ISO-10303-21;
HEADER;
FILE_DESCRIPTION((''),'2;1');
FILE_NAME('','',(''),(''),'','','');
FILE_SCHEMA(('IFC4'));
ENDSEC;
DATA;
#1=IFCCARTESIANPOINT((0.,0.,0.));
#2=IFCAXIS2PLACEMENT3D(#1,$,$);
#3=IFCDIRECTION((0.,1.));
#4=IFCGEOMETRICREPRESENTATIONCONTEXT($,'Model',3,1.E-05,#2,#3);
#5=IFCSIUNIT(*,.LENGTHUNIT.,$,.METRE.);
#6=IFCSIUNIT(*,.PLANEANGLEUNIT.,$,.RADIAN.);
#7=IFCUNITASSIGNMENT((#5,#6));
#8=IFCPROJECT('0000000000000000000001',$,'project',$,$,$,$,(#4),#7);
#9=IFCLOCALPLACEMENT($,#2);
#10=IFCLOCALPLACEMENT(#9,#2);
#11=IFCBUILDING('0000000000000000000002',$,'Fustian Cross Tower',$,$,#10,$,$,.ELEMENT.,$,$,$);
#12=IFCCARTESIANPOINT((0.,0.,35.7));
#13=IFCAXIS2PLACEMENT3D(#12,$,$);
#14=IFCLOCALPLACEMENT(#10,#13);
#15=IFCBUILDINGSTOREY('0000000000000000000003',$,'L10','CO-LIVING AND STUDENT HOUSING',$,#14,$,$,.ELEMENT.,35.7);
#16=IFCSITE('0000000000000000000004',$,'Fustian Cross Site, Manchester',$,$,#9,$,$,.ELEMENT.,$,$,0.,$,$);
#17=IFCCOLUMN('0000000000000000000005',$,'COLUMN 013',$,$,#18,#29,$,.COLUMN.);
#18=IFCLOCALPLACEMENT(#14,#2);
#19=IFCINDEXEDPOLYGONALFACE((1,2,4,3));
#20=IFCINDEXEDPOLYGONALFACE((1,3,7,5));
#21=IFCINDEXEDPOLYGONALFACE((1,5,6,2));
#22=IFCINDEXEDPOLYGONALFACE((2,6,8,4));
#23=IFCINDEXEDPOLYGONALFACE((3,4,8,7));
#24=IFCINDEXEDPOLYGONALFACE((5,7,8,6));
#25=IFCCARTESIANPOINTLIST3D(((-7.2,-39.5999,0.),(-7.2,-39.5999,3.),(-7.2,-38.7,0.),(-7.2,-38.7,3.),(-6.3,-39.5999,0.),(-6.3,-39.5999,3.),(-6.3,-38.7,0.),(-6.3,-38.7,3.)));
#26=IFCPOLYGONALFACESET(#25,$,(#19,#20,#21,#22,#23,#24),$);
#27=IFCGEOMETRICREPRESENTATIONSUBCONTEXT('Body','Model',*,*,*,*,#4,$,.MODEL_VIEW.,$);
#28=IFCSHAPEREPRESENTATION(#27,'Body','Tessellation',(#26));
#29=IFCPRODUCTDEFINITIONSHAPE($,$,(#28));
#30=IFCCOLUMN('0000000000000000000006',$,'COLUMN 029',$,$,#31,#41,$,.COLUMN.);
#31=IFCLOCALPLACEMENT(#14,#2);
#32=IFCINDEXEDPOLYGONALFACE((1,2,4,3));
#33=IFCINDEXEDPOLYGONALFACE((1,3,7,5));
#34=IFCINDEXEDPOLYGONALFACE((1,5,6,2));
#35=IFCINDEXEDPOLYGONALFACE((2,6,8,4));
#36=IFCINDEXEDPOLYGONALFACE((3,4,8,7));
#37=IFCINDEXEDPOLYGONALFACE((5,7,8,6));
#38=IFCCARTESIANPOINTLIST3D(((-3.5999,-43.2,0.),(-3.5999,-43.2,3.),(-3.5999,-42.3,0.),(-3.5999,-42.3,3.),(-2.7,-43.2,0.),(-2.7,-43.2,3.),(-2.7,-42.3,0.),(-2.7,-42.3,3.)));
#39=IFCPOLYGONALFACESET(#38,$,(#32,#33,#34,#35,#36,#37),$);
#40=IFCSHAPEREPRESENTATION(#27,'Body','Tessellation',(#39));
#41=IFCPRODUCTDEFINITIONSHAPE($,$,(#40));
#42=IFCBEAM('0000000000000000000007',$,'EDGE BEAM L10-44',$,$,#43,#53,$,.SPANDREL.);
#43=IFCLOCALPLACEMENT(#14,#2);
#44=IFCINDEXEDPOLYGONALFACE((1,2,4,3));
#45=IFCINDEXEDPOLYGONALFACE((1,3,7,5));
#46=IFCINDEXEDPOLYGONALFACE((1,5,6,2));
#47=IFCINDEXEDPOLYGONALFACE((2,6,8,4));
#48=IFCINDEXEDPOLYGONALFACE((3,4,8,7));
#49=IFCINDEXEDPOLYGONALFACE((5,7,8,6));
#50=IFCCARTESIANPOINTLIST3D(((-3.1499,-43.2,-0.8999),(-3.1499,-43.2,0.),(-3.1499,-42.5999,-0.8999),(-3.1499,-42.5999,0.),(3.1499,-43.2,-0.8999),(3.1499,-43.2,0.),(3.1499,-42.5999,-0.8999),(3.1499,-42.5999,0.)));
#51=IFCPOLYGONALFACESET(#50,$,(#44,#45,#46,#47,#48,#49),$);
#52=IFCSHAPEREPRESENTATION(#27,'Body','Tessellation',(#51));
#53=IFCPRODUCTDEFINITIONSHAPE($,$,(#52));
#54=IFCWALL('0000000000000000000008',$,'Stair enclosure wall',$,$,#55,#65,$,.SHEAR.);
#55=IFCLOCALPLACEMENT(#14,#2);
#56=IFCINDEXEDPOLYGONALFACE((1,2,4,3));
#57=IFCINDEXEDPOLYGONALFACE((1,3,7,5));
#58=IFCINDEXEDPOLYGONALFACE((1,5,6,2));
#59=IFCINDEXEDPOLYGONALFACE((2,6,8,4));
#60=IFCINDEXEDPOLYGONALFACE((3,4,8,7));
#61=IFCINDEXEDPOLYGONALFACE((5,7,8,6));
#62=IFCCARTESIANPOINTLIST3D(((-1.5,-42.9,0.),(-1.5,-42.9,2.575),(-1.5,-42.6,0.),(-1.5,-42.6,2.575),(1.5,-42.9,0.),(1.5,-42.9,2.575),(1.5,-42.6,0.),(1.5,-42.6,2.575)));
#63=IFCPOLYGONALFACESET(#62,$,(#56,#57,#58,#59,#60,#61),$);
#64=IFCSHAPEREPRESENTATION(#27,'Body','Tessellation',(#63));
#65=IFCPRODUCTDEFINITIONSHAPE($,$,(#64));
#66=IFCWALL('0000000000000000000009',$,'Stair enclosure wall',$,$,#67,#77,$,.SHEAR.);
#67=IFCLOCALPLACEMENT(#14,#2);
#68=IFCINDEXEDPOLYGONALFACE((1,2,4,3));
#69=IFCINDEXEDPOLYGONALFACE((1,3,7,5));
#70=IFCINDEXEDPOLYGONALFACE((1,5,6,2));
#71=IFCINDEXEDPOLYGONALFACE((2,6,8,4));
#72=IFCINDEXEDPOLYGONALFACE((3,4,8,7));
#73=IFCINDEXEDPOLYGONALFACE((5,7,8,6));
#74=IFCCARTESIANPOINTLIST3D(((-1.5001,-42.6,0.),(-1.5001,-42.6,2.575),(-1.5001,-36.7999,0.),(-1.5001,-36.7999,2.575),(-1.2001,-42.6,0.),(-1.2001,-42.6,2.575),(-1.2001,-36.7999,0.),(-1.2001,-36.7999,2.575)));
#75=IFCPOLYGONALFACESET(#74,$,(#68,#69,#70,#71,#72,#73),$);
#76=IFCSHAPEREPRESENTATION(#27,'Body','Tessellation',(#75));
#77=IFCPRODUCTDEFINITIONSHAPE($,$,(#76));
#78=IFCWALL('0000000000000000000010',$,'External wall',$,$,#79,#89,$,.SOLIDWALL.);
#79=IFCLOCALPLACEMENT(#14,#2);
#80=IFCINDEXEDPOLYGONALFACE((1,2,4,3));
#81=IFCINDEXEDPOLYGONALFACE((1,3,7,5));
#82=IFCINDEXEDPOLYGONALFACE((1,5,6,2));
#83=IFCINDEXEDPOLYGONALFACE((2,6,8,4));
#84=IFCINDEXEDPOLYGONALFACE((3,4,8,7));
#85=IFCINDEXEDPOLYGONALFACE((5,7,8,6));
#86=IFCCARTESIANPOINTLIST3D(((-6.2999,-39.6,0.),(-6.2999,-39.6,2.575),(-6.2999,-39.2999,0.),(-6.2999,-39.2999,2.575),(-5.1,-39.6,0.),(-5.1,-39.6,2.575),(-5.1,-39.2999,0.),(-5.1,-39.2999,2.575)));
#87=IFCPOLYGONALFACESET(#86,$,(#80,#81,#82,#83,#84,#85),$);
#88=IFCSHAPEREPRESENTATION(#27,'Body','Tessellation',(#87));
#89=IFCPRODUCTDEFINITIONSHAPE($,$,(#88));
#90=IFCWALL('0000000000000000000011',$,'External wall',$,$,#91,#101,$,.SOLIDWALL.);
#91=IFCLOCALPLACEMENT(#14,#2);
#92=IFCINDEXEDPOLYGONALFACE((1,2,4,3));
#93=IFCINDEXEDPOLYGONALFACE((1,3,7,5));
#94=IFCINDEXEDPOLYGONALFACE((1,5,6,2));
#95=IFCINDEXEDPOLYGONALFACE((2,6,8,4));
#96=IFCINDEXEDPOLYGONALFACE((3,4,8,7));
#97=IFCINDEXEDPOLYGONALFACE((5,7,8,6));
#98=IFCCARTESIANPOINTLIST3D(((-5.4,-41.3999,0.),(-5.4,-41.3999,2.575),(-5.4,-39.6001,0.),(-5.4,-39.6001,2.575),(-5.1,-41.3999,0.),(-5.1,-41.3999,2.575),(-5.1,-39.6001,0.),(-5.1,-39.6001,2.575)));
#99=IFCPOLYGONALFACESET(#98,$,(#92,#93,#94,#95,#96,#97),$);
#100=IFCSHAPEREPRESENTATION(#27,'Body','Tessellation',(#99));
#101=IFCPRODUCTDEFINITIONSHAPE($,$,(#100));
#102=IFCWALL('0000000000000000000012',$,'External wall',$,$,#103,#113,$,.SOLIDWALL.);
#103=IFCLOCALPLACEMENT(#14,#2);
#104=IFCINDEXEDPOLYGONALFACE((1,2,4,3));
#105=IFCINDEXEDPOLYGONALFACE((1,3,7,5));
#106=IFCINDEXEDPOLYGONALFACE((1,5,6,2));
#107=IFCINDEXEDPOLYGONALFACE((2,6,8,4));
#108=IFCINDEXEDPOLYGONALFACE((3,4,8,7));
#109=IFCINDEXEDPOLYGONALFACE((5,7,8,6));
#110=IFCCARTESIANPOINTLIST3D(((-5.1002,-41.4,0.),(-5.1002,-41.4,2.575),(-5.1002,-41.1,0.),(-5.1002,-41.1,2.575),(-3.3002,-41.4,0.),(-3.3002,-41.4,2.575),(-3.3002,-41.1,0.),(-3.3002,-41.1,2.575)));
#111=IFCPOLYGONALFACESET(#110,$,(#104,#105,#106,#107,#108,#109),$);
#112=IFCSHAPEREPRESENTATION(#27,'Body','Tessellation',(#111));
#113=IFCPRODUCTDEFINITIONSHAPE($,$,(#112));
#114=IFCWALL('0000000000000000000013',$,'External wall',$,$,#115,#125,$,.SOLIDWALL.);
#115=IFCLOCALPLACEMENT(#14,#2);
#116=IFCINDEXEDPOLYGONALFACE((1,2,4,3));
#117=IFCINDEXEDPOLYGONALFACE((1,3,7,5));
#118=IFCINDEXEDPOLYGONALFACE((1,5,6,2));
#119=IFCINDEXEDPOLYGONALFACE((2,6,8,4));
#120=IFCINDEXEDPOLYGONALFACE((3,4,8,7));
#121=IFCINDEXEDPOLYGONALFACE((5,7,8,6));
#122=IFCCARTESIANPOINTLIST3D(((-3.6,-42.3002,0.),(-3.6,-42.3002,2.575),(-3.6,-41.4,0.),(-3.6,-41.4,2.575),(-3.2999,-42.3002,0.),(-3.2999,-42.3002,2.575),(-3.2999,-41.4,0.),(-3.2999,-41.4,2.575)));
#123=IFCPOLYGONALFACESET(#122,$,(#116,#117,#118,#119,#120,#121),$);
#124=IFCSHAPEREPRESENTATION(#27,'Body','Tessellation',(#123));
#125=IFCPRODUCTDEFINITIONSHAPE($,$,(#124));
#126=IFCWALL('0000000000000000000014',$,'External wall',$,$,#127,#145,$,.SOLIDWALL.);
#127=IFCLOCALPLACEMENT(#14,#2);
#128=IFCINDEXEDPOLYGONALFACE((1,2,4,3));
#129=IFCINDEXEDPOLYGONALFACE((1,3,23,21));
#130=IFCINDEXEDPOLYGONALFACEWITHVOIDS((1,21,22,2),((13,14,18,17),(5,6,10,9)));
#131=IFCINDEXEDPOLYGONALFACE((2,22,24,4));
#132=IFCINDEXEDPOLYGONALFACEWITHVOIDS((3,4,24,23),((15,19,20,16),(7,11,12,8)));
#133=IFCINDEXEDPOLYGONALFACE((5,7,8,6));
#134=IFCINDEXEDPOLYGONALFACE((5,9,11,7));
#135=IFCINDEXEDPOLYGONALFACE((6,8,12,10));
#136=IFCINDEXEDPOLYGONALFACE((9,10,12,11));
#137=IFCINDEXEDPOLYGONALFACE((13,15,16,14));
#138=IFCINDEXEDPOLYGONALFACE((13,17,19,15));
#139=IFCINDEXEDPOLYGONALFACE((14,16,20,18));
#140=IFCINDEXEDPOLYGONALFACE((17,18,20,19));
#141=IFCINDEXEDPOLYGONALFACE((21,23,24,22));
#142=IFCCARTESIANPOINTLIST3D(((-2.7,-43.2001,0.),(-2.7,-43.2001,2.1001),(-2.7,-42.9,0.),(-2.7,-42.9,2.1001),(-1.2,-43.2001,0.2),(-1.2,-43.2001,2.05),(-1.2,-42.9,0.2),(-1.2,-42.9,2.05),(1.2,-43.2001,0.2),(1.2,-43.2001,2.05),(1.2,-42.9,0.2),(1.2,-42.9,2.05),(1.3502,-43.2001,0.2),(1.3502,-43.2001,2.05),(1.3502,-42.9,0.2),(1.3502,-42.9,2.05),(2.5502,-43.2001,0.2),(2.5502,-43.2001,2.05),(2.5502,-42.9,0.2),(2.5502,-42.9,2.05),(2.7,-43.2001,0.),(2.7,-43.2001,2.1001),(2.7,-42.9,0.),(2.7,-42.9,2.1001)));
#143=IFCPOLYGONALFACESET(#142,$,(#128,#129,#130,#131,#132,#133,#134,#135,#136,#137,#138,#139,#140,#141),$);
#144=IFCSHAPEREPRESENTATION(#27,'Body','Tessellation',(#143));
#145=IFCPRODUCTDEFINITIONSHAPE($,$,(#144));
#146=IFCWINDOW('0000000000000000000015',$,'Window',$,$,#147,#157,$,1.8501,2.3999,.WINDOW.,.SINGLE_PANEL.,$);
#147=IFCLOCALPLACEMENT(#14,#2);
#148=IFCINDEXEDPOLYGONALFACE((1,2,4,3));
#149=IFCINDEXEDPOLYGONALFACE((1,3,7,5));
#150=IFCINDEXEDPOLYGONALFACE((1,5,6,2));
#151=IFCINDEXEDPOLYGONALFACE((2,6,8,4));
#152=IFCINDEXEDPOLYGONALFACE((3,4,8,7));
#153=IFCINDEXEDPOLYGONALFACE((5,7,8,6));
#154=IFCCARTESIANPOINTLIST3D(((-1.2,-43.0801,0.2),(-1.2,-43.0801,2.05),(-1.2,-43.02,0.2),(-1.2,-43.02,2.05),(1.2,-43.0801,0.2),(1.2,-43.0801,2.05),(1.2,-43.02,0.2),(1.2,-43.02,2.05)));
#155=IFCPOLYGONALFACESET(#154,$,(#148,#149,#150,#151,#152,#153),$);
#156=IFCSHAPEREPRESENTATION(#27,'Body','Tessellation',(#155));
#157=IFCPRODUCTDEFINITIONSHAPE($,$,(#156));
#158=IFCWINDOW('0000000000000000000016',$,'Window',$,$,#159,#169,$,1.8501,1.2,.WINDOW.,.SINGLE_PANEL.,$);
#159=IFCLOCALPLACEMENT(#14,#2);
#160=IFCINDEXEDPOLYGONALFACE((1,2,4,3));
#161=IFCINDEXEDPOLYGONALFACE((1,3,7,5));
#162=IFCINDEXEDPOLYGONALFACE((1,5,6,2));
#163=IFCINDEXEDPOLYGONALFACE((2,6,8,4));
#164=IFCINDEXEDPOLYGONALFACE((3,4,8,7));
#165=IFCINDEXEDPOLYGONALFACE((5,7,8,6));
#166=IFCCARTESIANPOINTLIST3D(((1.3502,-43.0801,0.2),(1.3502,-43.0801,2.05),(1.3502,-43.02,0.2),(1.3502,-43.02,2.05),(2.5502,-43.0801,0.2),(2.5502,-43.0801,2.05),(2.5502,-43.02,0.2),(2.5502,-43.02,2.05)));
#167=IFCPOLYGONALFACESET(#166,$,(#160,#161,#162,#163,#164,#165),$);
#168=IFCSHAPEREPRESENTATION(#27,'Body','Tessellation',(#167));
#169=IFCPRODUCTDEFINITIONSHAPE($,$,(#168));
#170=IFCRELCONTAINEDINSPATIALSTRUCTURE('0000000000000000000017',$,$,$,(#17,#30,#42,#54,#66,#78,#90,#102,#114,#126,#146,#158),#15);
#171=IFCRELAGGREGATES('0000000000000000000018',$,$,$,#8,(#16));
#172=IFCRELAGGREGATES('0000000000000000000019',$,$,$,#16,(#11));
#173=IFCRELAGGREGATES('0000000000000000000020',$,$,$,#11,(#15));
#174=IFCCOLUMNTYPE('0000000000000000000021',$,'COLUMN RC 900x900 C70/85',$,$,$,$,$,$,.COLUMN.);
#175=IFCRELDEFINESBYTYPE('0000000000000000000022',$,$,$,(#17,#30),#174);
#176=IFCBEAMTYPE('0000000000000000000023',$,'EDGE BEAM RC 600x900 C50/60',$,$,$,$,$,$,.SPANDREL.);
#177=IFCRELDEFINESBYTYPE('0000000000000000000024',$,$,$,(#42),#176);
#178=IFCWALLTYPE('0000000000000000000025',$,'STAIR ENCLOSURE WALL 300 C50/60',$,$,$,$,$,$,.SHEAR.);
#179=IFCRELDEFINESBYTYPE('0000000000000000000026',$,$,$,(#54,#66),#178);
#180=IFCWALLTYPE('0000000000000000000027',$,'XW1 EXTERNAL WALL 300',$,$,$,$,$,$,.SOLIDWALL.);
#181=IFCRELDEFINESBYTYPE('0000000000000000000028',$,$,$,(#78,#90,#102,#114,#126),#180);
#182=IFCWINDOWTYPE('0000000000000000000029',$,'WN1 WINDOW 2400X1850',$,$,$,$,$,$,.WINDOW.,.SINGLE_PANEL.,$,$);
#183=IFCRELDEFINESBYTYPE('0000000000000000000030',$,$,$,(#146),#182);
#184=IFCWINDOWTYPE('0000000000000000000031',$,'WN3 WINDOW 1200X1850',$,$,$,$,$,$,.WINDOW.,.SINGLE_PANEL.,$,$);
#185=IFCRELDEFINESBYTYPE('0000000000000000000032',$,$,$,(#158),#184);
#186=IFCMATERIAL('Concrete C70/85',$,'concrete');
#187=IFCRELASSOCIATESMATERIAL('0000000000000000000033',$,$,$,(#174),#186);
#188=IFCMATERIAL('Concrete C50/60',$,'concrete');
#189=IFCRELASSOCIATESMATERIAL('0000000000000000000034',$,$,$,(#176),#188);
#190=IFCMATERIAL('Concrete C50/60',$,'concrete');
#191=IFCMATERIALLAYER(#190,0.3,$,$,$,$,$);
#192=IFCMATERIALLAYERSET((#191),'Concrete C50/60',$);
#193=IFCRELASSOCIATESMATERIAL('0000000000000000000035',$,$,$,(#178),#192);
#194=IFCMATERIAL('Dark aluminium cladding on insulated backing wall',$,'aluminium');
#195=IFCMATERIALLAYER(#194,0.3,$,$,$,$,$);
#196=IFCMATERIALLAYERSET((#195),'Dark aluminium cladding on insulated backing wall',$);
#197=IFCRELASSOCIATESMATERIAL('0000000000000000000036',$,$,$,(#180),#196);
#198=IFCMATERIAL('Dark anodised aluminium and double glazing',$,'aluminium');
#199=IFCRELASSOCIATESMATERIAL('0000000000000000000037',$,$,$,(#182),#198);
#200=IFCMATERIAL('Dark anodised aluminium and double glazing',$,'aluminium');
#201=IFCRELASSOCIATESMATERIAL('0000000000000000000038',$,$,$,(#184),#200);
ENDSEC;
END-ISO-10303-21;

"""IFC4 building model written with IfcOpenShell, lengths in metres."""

from ifc_helpers import new_model, si_unit, direction, frame, frame_2d, origin, origin_2d, place, context, subcontext, project, spatial, rectangle, extrude, material, layer, layer_set, material_profile, profile_set, type_object, element, fill, save


model = new_model("IFC4")

# Units and contexts
model_context = context("Model", 3, precision=1e-05, world=origin(), true_north=direction((0.0, 1.0)))
body_context = subcontext(model_context, "Body", "Model", "MODEL_VIEW")
ifc_project = project(units=[si_unit("LENGTHUNIT", "METRE"), si_unit("PLANEANGLEUNIT", "RADIAN")], contexts=[model_context])

# Site, building, storey
site_placement = place(None, origin())
site = spatial("IfcSite", under=ifc_project, at=site_placement, Name="Fustian Cross Site, Manchester", CompositionType="ELEMENT", RefElevation=0.0)
building_placement = place(site_placement, origin())
building = spatial("IfcBuilding", under=site, at=building_placement, Name="Fustian Cross Tower", CompositionType="ELEMENT")
storey_placement = place(building_placement, frame((0.0, 0.0, 35.7)))
storey = spatial("IfcBuildingStorey", under=building, at=storey_placement, Name="L10", Description="CO-LIVING AND STUDENT HOUSING", CompositionType="ELEMENT", Elevation=35.7)

# Columns
ifc_material_1 = material(Name="Concrete C70/85", Category="concrete")
ifc_material_profile_1 = material_profile(ifc_material_1, rectangle(XDim=0.8999, YDim=0.8999, at=origin_2d()), Name="RC 900x900")
ifc_profile_set_1 = profile_set([ifc_material_profile_1], Name="Concrete C70/85")
column_type = type_object("IfcColumnType", Name="COLUMN RC 900x900 C70/85", PredefinedType="COLUMN", material=ifc_profile_set_1)
for number, where, z_axis, x_axis, name in (
    (1, (-6.75, -39.1499, 0.0), (0.0, 0.0, 1.0), (1.0, 0.0, 0.0), "COLUMN 013"),
    (2, (-3.1499, -42.75, 0.0), (0.0, 0.0, 1.0), (1.0, 0.0, 0.0), "COLUMN 029"),
):
    element("IfcColumn", number, at=place(storey_placement, frame(where, z_axis=z_axis, x_axis=x_axis)), inside=storey, type_object=column_type, Name=name, PredefinedType="COLUMN", context=body_context, shape_type="SweptSolid", body=[
        extrude(rectangle(XDim=0.8999, YDim=0.8999, at=origin_2d()), origin(), (0.0, 0.0, 1.0), 3.0),
    ])

# Beam
ifc_material_2 = material(Name="Concrete C50/60", Category="concrete")
ifc_material_profile_2 = material_profile(ifc_material_2, rectangle(XDim=0.6001, YDim=0.8999, at=origin_2d()), Name="RC 600x900")
ifc_profile_set_2 = profile_set([ifc_material_profile_2], Name="Concrete C50/60")
beam_type = type_object("IfcBeamType", Name="EDGE BEAM RC 600x900 C50/60", PredefinedType="SPANDREL", material=ifc_profile_set_2)
beam_placement = place(storey_placement, frame((-3.1499, -42.8999, -0.45), z_axis=(1.0, 0.0, 0.0), x_axis=(0.0, 1.0, 0.0)))
element("IfcBeam", 3, at=beam_placement, inside=storey, type_object=beam_type, Name="EDGE BEAM L10-44", PredefinedType="SPANDREL", context=body_context, shape_type="SweptSolid", body=[
    extrude(rectangle(XDim=0.6001, YDim=0.8999, at=origin_2d()), origin(), (0.0, 0.0, 1.0), 6.2998),
])

# Walls
ifc_material_3 = material(Name="Concrete C50/60", Category="concrete")
ifc_layer_1 = layer(ifc_material_3, 0.3)
ifc_layer_set_1 = layer_set([ifc_layer_1], Name="Concrete C50/60")
wall_type_1 = type_object("IfcWallType", Name="STAIR ENCLOSURE WALL 300 C50/60", PredefinedType="SHEAR", material=ifc_layer_set_1)
wall_1_placement = place(storey_placement, frame((-1.5, -42.75, 0.0), z_axis=(0.0, 0.0, 1.0), x_axis=(1.0, 0.0, 0.0)))
element("IfcWall", 4, at=wall_1_placement, inside=storey, type_object=wall_type_1, Name="Stair enclosure wall", PredefinedType="SHEAR", context=body_context, shape_type="SweptSolid", body=[
    extrude(rectangle(XDim=3.0, YDim=0.3, at=frame_2d((1.5, 0.0))), origin(), (0.0, 0.0, 1.0), 2.575),
])
wall_2_placement = place(storey_placement, frame((-1.3501, -36.8, 0.0), z_axis=(0.0, 0.0, 1.0), x_axis=(0.0, -1.0, 0.0)))
element("IfcWall", 5, at=wall_2_placement, inside=storey, type_object=wall_type_1, Name="Stair enclosure wall", PredefinedType="SHEAR", context=body_context, shape_type="SweptSolid", body=[
    extrude(rectangle(XDim=5.8, YDim=0.3, at=frame_2d((2.8999, 0.0))), origin(), (0.0, 0.0, 1.0), 2.575),
])
ifc_material_4 = material(Name="Dark aluminium cladding on insulated backing wall", Category="aluminium")
ifc_layer_2 = layer(ifc_material_4, 0.3)
ifc_layer_set_2 = layer_set([ifc_layer_2], Name="Dark aluminium cladding on insulated backing wall")
wall_type_2 = type_object("IfcWallType", Name="XW1 EXTERNAL WALL 300", PredefinedType="SOLIDWALL", material=ifc_layer_set_2)
wall_3_placement = place(storey_placement, frame((-6.3, -39.45, 0.0), z_axis=(0.0, 0.0, 1.0), x_axis=(1.0, 0.0, 0.0)))
element("IfcWall", 6, at=wall_3_placement, inside=storey, type_object=wall_type_2, Name="External wall", PredefinedType="SOLIDWALL", context=body_context, shape_type="SweptSolid", body=[
    extrude(rectangle(XDim=1.2, YDim=0.3, at=frame_2d((0.6001, 0.0))), origin(), (0.0, 0.0, 1.0), 2.575),
])
wall_4_placement = place(storey_placement, frame((-5.25, -39.6001, 0.0), z_axis=(0.0, 0.0, 1.0), x_axis=(0.0, -1.0, 0.0)))
element("IfcWall", 7, at=wall_4_placement, inside=storey, type_object=wall_type_2, Name="External wall", PredefinedType="SOLIDWALL", context=body_context, shape_type="SweptSolid", body=[
    extrude(rectangle(XDim=1.7998, YDim=0.3, at=frame_2d((0.8999, 0.0))), origin(), (0.0, 0.0, 1.0), 2.575),
])
wall_5_placement = place(storey_placement, frame((-5.1001, -41.25, 0.0), z_axis=(0.0, 0.0, 1.0), x_axis=(1.0, 0.0, 0.0)))
element("IfcWall", 8, at=wall_5_placement, inside=storey, type_object=wall_type_2, Name="External wall", PredefinedType="SOLIDWALL", context=body_context, shape_type="SweptSolid", body=[
    extrude(rectangle(XDim=1.8, YDim=0.3, at=frame_2d((0.8999, 0.0))), origin(), (0.0, 0.0, 1.0), 2.575),
])
wall_6_placement = place(storey_placement, frame((-3.45, -41.3999, 0.0), z_axis=(0.0, 0.0, 1.0), x_axis=(0.0, -1.0, 0.0)))
element("IfcWall", 9, at=wall_6_placement, inside=storey, type_object=wall_type_2, Name="External wall", PredefinedType="SOLIDWALL", context=body_context, shape_type="SweptSolid", body=[
    extrude(rectangle(XDim=0.9001, YDim=0.3, at=frame_2d((0.4502, 0.0))), origin(), (0.0, 0.0, 1.0), 2.575),
])

# Wall, openings, windows
wall_7_placement = place(storey_placement, frame((-2.7, -43.05, 0.0), z_axis=(0.0, 0.0, 1.0), x_axis=(1.0, 0.0, 0.0)))
wall_7 = element("IfcWall", 10, at=wall_7_placement, inside=storey, type_object=wall_type_2, Name="External wall", PredefinedType="SOLIDWALL", context=body_context, shape_type="SweptSolid", body=[
    extrude(rectangle(XDim=5.3999, YDim=0.3, at=frame_2d((2.7, 0.0))), origin(), (0.0, 0.0, 1.0), 2.1001),
])
opening_1_placement = place(wall_7_placement, frame((1.5, 0.0, 0.2)))
opening_1 = element("IfcOpeningElement", 11, at=opening_1_placement, cuts=wall_7, PredefinedType="OPENING", context=body_context, shape_type="SweptSolid", body=[
    extrude(rectangle(XDim=2.3999, YDim=1.8501, at=frame_2d((1.2, 0.925))), frame((0.0, 0.1599, 0.0), z_axis=(0.0, -1.0, 0.0), x_axis=(1.0, 0.0, 0.0)), (0.0, 0.0, 1.0), 0.3201),
])
opening_2_placement = place(wall_7_placement, frame((4.05, 0.0, 0.2)))
opening_2 = element("IfcOpeningElement", 12, at=opening_2_placement, cuts=wall_7, PredefinedType="OPENING", context=body_context, shape_type="SweptSolid", body=[
    extrude(rectangle(XDim=1.2, YDim=1.8501, at=frame_2d((0.6001, 0.925))), frame((0.0, 0.1599, 0.0), z_axis=(0.0, -1.0, 0.0), x_axis=(1.0, 0.0, 0.0)), (0.0, 0.0, 1.0), 0.3201),
])
ifc_material_5 = material(Name="Dark anodised aluminium and double glazing", Category="aluminium")
window_type_1 = type_object("IfcWindowType", Name="WN1 WINDOW 2400X1850", PartitioningType="SINGLE_PANEL", PredefinedType="WINDOW", material=ifc_material_5)
window_1_placement = place(opening_1_placement, origin())
window_1 = element("IfcWindow", 13, at=window_1_placement, inside=storey, type_object=window_type_1, Name="Window", OverallHeight=1.8501, OverallWidth=2.3999, PartitioningType="SINGLE_PANEL", PredefinedType="WINDOW", context=body_context, shape_type="SweptSolid", body=[
    extrude(rectangle(XDim=2.3999, YDim=1.8501, at=frame_2d((1.2, 0.925))), frame((0.0, 0.03, 0.0), z_axis=(0.0, -1.0, 0.0), x_axis=(1.0, 0.0, 0.0)), (0.0, 0.0, 1.0), 0.0601),
])
fill(opening_1, window_1)
ifc_material_6 = material(Name="Dark anodised aluminium and double glazing", Category="aluminium")
window_type_2 = type_object("IfcWindowType", Name="WN3 WINDOW 1200X1850", PartitioningType="SINGLE_PANEL", PredefinedType="WINDOW", material=ifc_material_6)
window_2_placement = place(opening_2_placement, origin())
window_2 = element("IfcWindow", 14, at=window_2_placement, inside=storey, type_object=window_type_2, Name="Window", OverallHeight=1.8501, OverallWidth=1.2, PartitioningType="SINGLE_PANEL", PredefinedType="WINDOW", context=body_context, shape_type="SweptSolid", body=[
    extrude(rectangle(XDim=1.2, YDim=1.8501, at=frame_2d((0.6001, 0.925))), frame((0.0, 0.03, 0.0), z_axis=(0.0, -1.0, 0.0), x_axis=(1.0, 0.0, 0.0)), (0.0, 0.0, 1.0), 0.0601),
])
fill(opening_2, window_2)

save(model, "model.ifc")
